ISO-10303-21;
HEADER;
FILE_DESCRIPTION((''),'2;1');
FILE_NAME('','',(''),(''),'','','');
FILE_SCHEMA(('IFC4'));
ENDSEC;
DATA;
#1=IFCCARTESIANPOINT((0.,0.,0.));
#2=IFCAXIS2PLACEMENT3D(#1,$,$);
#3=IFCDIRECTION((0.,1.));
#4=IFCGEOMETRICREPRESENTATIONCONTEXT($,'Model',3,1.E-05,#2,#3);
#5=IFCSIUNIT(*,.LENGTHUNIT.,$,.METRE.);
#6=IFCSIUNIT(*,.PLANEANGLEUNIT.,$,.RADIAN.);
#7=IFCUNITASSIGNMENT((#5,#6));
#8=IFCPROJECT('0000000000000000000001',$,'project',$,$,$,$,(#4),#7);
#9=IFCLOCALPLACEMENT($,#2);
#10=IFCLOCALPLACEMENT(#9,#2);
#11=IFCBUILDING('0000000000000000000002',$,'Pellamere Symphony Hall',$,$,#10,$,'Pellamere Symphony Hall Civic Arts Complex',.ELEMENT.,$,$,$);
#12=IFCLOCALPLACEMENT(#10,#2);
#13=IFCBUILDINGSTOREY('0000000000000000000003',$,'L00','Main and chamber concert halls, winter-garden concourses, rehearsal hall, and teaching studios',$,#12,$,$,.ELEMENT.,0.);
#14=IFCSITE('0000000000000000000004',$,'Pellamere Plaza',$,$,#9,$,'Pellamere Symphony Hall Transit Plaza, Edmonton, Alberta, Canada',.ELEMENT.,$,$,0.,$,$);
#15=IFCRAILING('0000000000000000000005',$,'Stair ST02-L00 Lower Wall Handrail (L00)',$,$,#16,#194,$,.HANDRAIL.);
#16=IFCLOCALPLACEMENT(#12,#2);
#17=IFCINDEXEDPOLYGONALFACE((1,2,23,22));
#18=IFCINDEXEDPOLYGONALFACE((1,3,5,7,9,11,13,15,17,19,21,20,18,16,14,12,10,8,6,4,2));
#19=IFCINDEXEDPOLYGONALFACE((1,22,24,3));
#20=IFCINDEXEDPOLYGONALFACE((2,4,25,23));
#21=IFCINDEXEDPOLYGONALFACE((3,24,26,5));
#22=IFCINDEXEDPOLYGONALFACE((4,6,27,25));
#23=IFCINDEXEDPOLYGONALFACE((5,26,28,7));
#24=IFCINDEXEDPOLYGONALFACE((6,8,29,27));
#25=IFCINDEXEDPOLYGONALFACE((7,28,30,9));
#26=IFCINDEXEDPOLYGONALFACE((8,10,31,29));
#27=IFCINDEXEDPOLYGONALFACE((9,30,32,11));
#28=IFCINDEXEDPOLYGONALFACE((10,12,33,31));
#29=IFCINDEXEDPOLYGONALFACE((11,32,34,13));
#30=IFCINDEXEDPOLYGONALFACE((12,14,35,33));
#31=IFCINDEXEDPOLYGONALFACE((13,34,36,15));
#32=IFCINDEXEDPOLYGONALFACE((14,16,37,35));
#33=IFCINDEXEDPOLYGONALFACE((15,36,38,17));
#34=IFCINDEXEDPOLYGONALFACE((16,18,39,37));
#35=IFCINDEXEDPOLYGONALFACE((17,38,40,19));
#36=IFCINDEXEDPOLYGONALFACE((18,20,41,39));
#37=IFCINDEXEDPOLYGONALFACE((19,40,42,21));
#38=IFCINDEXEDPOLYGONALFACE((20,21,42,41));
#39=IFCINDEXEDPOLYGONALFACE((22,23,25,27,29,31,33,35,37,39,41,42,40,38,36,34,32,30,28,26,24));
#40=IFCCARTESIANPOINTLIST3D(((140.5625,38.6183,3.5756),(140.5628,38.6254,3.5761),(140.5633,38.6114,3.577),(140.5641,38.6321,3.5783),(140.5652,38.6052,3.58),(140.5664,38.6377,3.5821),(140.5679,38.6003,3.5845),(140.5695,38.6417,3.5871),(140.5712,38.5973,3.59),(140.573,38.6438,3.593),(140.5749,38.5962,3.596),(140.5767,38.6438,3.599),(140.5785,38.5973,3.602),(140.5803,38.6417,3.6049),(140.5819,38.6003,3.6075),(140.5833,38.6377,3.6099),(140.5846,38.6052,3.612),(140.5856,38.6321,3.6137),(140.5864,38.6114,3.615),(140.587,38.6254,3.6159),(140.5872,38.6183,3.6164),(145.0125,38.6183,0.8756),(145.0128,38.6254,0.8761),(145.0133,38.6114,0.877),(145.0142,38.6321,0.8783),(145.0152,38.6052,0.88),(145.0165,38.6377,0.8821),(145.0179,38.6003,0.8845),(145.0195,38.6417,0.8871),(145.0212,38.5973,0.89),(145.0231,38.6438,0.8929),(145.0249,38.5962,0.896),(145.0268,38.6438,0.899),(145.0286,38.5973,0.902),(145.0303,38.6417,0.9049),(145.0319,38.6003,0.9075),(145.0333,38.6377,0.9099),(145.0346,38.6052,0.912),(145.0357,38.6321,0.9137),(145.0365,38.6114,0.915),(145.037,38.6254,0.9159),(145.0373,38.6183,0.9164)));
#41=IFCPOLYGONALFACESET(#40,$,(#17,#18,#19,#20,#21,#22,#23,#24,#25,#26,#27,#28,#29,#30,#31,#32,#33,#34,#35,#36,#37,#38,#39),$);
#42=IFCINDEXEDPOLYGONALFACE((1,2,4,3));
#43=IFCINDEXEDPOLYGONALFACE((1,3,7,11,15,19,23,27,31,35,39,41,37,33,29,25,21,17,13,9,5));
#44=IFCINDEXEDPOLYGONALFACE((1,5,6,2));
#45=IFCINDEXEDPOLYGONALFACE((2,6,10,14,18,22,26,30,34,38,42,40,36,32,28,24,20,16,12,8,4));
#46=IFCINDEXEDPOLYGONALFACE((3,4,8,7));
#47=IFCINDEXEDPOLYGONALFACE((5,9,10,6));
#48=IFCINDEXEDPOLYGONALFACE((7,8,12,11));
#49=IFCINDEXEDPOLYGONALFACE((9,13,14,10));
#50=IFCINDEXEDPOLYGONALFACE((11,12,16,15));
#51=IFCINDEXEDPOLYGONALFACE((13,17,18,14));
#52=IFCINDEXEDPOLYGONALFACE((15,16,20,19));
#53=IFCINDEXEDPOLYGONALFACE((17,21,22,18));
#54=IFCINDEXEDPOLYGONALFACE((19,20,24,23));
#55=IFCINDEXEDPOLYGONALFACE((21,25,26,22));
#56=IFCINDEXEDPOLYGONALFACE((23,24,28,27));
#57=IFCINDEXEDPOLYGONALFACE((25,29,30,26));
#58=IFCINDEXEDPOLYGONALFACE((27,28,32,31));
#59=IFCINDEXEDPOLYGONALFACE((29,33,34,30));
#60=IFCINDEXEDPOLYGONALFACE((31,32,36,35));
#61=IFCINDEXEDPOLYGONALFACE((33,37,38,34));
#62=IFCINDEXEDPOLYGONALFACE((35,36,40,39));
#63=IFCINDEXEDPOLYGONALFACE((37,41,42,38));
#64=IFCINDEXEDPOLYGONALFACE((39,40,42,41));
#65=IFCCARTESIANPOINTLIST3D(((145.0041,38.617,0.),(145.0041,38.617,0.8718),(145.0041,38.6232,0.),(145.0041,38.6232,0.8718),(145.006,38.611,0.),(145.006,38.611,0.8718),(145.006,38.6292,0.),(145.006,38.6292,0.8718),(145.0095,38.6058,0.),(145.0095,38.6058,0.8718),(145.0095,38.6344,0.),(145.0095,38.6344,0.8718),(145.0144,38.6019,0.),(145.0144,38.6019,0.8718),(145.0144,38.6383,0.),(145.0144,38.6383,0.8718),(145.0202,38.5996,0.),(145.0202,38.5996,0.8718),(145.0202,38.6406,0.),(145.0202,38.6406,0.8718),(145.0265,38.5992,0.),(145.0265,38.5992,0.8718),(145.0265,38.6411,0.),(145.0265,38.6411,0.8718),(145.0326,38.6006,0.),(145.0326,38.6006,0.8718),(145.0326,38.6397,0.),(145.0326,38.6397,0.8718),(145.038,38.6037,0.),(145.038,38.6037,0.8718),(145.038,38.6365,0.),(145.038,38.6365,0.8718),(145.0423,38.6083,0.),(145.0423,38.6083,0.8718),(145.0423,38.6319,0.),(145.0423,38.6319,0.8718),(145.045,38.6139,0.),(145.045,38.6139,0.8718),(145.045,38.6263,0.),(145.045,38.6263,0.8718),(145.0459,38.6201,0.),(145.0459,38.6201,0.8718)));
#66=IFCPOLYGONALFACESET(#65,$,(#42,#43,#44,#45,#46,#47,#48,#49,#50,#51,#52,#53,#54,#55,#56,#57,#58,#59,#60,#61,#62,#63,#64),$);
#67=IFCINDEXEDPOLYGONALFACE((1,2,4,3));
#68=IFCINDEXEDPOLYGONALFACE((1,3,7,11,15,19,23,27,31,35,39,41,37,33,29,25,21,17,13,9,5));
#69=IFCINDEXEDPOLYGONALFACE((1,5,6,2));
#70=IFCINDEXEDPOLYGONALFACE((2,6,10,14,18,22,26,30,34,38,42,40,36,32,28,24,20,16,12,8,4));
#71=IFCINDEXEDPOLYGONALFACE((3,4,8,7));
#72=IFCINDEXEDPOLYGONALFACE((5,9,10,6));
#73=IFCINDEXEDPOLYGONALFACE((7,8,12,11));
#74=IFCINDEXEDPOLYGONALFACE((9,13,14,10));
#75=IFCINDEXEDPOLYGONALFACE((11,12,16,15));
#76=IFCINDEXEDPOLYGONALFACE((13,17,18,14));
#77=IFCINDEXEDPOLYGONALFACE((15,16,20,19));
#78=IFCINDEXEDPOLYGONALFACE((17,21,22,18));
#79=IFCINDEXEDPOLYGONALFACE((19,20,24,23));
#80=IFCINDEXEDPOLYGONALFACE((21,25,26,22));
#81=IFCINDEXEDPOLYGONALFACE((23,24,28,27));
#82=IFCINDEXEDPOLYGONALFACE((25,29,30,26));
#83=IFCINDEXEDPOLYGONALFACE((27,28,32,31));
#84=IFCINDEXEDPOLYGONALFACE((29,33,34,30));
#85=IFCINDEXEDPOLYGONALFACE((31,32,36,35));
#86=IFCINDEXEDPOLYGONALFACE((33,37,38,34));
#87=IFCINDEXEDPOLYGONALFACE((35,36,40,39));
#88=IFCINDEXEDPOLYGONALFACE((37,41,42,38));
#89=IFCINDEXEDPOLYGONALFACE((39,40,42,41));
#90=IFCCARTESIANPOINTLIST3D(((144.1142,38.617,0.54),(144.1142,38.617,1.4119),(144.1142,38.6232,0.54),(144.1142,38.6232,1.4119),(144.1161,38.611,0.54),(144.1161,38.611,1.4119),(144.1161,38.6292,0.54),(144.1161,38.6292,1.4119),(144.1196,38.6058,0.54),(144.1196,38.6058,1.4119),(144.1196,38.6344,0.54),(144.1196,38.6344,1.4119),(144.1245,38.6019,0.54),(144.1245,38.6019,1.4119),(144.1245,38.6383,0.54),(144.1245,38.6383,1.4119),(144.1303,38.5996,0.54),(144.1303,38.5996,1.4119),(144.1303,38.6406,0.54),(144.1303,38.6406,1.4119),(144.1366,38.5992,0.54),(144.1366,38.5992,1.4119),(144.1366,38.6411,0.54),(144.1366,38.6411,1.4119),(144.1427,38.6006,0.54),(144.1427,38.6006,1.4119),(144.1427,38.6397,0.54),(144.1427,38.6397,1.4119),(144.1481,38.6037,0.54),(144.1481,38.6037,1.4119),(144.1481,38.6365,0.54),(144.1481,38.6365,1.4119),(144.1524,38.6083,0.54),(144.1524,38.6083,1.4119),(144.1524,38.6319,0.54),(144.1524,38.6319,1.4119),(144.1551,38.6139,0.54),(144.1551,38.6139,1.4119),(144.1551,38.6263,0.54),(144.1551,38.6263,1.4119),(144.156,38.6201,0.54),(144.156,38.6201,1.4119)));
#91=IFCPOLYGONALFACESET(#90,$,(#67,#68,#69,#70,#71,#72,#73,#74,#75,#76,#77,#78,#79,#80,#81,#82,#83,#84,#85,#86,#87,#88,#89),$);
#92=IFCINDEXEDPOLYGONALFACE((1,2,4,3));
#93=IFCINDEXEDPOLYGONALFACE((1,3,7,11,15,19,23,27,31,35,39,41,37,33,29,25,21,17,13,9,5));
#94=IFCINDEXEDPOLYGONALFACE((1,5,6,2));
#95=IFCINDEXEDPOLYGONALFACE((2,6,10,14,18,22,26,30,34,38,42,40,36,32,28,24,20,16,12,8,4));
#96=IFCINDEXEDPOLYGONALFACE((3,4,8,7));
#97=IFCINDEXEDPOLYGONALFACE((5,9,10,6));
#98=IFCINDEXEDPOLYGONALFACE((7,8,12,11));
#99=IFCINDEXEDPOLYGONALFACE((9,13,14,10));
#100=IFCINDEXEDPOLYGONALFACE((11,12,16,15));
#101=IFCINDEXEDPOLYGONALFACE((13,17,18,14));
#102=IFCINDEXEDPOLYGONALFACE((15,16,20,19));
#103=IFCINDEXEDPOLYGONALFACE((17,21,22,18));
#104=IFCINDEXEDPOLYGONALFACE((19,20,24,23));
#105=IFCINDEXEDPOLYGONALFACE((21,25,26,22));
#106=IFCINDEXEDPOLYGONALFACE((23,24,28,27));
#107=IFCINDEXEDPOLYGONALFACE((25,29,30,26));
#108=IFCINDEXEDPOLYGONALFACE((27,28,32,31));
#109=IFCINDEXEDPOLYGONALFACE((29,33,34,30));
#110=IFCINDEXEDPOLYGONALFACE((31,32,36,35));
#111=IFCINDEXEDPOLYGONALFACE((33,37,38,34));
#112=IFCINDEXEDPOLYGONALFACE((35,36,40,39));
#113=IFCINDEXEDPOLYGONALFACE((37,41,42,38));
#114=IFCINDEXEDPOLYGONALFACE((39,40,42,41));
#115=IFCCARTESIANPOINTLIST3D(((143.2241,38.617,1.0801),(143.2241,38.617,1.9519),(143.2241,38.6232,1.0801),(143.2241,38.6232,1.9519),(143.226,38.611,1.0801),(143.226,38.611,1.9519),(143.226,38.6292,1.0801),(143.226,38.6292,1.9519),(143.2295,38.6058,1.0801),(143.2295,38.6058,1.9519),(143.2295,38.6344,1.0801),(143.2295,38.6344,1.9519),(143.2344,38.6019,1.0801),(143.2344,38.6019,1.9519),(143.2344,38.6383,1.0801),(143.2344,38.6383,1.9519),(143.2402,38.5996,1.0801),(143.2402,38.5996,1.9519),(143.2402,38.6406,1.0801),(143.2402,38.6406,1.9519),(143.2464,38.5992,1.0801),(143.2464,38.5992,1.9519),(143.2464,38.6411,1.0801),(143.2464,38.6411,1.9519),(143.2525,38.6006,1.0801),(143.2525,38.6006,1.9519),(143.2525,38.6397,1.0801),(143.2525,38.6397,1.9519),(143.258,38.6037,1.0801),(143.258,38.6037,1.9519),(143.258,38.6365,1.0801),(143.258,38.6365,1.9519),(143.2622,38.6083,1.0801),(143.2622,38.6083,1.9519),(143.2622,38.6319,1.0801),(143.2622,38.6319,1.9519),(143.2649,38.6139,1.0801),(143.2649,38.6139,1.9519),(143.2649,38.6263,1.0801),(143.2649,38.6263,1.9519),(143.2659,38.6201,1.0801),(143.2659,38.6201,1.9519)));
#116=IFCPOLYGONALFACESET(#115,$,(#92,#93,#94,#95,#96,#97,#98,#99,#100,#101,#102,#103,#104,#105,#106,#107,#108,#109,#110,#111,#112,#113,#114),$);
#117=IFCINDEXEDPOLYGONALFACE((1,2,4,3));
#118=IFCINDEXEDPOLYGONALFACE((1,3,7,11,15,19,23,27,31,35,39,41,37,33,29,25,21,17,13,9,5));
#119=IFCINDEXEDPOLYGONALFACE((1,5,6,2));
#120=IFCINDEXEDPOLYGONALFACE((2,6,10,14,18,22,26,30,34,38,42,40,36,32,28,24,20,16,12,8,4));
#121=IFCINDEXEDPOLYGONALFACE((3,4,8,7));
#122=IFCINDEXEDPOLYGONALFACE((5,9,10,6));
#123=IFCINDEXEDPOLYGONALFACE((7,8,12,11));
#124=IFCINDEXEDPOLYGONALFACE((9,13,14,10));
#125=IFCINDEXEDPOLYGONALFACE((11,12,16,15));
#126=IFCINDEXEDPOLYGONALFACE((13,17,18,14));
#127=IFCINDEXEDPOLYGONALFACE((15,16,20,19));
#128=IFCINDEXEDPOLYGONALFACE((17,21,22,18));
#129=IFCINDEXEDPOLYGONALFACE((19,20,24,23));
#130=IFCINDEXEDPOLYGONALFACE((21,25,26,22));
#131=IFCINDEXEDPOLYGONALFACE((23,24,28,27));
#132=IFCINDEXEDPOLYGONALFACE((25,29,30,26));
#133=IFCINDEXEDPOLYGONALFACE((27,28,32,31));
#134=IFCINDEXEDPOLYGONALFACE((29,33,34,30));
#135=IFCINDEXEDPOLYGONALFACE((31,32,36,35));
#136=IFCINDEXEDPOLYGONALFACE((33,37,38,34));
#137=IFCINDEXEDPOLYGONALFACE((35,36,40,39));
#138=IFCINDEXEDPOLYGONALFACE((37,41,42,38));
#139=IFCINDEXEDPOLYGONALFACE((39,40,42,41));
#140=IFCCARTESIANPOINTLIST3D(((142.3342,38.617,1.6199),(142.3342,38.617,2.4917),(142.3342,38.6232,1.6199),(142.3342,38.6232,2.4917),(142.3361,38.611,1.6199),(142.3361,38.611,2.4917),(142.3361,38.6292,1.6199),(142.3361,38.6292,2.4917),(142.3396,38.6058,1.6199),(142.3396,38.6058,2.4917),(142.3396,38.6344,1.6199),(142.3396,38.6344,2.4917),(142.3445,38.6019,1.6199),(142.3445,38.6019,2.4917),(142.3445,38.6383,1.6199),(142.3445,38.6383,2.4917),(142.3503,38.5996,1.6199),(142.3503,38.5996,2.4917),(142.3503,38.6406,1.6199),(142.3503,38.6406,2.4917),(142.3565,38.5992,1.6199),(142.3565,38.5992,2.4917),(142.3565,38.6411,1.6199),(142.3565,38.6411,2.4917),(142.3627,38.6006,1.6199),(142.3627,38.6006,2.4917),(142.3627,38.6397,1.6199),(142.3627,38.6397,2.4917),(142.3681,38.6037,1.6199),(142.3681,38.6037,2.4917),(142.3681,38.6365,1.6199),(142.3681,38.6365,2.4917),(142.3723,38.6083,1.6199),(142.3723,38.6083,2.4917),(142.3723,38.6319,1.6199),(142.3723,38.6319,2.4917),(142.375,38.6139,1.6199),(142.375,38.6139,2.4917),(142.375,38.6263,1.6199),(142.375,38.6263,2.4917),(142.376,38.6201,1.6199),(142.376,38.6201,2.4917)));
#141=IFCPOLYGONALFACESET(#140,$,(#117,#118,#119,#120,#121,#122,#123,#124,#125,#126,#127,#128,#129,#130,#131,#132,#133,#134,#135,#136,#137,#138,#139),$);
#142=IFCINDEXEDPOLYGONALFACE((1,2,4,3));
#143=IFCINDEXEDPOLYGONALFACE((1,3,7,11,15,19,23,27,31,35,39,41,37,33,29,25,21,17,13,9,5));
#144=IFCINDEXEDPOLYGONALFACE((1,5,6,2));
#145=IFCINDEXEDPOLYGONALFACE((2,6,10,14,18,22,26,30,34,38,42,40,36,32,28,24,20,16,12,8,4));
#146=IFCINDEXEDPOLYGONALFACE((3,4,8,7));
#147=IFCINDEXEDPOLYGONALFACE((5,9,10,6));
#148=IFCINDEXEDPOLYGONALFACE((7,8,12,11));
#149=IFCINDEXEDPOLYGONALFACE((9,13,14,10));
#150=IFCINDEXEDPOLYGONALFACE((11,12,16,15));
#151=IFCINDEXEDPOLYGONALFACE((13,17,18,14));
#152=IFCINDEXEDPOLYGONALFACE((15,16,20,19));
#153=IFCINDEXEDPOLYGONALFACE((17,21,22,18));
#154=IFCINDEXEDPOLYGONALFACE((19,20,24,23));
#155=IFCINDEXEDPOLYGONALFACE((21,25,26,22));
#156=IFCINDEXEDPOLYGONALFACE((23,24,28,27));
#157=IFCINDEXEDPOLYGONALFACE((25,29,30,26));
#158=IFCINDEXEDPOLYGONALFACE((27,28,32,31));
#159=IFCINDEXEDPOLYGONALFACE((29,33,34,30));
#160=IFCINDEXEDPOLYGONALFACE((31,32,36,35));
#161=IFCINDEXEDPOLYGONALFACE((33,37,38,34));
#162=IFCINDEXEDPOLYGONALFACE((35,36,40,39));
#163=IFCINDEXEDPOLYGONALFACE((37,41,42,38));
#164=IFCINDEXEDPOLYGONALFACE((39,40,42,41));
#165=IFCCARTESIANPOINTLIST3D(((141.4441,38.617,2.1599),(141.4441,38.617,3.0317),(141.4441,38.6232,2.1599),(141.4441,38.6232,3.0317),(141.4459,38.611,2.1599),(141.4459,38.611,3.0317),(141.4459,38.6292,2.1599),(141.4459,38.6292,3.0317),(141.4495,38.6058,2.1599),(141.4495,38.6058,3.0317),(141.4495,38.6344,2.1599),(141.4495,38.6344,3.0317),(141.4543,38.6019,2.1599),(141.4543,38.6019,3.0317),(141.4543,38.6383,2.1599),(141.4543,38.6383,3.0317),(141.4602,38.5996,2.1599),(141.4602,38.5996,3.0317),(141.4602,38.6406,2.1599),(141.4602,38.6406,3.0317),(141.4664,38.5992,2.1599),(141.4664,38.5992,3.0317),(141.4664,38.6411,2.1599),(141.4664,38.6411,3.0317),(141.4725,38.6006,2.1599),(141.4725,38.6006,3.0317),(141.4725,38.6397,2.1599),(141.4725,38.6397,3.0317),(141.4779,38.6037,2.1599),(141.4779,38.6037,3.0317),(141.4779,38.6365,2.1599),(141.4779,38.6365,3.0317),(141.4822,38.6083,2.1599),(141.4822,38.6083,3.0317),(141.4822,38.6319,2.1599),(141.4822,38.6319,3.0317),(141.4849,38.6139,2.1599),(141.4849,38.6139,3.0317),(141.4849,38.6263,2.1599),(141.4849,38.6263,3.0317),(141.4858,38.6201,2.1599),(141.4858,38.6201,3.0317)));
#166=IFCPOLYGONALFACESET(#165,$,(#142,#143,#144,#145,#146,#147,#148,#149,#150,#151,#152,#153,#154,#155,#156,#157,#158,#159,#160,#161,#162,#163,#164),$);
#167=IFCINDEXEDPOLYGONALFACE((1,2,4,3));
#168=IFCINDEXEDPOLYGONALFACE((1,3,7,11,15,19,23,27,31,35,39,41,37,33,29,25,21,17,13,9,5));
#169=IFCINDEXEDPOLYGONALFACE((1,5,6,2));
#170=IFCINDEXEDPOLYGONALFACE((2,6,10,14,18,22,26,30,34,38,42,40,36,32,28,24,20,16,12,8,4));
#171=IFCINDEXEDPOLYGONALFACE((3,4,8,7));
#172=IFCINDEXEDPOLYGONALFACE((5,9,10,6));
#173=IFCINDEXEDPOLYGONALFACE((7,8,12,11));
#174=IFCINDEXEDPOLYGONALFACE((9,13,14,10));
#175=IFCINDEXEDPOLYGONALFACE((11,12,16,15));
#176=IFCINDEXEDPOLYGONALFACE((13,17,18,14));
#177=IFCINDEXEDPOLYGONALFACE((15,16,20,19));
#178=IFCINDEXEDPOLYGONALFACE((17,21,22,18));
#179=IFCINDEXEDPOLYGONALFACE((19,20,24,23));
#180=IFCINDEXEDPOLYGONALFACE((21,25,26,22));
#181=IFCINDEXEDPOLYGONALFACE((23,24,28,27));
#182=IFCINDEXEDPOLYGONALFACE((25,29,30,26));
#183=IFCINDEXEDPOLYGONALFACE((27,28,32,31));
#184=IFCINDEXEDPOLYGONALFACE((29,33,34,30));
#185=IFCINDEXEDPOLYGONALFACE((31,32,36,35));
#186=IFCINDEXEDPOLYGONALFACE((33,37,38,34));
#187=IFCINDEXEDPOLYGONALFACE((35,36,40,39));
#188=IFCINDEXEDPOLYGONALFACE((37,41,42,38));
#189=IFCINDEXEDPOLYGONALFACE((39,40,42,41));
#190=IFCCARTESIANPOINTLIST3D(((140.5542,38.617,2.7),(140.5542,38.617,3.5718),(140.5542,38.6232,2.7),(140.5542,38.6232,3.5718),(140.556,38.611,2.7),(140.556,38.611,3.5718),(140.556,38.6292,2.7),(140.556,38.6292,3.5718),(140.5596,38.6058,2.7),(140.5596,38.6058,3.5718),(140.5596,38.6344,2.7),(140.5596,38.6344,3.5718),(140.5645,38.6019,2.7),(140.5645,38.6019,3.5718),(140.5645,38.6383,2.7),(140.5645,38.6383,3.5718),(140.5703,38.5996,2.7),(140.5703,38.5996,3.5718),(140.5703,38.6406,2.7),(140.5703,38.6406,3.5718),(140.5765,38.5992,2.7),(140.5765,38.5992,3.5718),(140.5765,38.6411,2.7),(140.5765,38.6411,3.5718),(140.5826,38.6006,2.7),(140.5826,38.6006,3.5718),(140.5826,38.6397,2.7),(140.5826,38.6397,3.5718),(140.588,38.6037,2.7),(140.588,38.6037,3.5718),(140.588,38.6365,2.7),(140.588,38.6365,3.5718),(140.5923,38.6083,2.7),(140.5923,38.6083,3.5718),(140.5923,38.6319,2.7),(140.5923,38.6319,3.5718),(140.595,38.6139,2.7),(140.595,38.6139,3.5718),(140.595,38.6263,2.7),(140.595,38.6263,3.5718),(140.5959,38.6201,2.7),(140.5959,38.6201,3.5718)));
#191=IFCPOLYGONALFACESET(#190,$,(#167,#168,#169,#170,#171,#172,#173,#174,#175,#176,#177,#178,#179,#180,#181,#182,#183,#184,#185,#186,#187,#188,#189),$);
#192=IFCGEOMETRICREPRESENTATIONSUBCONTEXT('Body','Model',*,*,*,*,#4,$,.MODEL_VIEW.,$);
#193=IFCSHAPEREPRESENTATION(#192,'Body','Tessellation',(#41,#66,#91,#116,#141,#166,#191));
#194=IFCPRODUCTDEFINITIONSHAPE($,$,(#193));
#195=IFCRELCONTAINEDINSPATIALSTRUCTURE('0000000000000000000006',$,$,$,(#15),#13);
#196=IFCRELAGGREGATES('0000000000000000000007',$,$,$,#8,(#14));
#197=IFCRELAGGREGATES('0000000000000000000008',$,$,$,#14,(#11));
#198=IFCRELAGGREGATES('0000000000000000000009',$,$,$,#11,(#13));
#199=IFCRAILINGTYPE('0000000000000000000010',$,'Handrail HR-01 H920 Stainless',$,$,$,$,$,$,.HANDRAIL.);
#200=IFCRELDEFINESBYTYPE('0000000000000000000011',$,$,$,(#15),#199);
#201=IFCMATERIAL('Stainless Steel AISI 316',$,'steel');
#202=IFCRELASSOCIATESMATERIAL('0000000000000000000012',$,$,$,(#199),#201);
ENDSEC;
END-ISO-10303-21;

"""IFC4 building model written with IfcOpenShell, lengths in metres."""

from ifc_helpers import new_model, si_unit, direction, frame, origin, origin_2d, place, context, subcontext, project, spatial, circle, extrude, material, type_object, element, save


model = new_model("IFC4")

# Units and contexts
model_context = context("Model", 3, precision=1e-05, world=origin(), true_north=direction((0.0, 1.0)))
body_context = subcontext(model_context, "Body", "Model", "MODEL_VIEW")
ifc_project = project(units=[si_unit("LENGTHUNIT", "METRE"), si_unit("PLANEANGLEUNIT", "RADIAN")], contexts=[model_context])

# Site, building, storey
site_placement = place(None, origin())
site = spatial("IfcSite", under=ifc_project, at=site_placement, Name="Pellamere Plaza", LongName="Pellamere Symphony Hall Transit Plaza, Edmonton, Alberta, Canada", CompositionType="ELEMENT", RefElevation=0.0)
building_placement = place(site_placement, origin())
building = spatial("IfcBuilding", under=site, at=building_placement, Name="Pellamere Symphony Hall", LongName="Pellamere Symphony Hall Civic Arts Complex", CompositionType="ELEMENT")
storey_placement = place(building_placement, origin())
storey = spatial("IfcBuildingStorey", under=building, at=storey_placement, Name="L00", Description="Main and chamber concert halls, winter-garden concourses, rehearsal hall, and teaching studios", CompositionType="ELEMENT", Elevation=0.0)

# Railing
ifc_material_1 = material(Name="Stainless Steel AISI 316", Category="steel")
railing_type_1 = type_object("IfcRailingType", Name="Handrail HR-01 H920 Stainless", PredefinedType="HANDRAIL", material=ifc_material_1)
railing_1_placement = place(storey_placement, frame((145.0249, 38.6201, 0.0)))
element("IfcRailing", 1, at=railing_1_placement, inside=storey, type_object=railing_type_1, Name="Stair ST02-L00 Lower Wall Handrail (L00)", PredefinedType="HANDRAIL", context=body_context, shape_type="SweptSolid", body=[
    extrude(circle(Radius=0.0239, at=origin_2d()), frame((0.0, 0.0, 0.896), z_axis=(-0.854941, 0.0, 0.518725), x_axis=(0.0, -1.0, 0.0)), (0.0, 0.0, 1.0), 5.2051),
    extrude(circle(Radius=0.021, at=origin_2d()), origin(), (0.0, 0.0, 1.0), 0.8718),
    extrude(circle(Radius=0.021, at=origin_2d()), frame((-0.8899, 0.0, 0.54)), (0.0, 0.0, 1.0), 0.8718),
    extrude(circle(Radius=0.021, at=origin_2d()), frame((-1.78, 0.0, 1.0801)), (0.0, 0.0, 1.0), 0.8718),
    extrude(circle(Radius=0.021, at=origin_2d()), frame((-2.6699, 0.0, 1.6199)), (0.0, 0.0, 1.0), 0.8718),
    extrude(circle(Radius=0.021, at=origin_2d()), frame((-3.5601, 0.0, 2.1599)), (0.0, 0.0, 1.0), 0.8718),
    extrude(circle(Radius=0.021, at=origin_2d()), frame((-4.45, 0.0, 2.7)), (0.0, 0.0, 1.0), 0.8718),
])

save(model, "model.ifc")
